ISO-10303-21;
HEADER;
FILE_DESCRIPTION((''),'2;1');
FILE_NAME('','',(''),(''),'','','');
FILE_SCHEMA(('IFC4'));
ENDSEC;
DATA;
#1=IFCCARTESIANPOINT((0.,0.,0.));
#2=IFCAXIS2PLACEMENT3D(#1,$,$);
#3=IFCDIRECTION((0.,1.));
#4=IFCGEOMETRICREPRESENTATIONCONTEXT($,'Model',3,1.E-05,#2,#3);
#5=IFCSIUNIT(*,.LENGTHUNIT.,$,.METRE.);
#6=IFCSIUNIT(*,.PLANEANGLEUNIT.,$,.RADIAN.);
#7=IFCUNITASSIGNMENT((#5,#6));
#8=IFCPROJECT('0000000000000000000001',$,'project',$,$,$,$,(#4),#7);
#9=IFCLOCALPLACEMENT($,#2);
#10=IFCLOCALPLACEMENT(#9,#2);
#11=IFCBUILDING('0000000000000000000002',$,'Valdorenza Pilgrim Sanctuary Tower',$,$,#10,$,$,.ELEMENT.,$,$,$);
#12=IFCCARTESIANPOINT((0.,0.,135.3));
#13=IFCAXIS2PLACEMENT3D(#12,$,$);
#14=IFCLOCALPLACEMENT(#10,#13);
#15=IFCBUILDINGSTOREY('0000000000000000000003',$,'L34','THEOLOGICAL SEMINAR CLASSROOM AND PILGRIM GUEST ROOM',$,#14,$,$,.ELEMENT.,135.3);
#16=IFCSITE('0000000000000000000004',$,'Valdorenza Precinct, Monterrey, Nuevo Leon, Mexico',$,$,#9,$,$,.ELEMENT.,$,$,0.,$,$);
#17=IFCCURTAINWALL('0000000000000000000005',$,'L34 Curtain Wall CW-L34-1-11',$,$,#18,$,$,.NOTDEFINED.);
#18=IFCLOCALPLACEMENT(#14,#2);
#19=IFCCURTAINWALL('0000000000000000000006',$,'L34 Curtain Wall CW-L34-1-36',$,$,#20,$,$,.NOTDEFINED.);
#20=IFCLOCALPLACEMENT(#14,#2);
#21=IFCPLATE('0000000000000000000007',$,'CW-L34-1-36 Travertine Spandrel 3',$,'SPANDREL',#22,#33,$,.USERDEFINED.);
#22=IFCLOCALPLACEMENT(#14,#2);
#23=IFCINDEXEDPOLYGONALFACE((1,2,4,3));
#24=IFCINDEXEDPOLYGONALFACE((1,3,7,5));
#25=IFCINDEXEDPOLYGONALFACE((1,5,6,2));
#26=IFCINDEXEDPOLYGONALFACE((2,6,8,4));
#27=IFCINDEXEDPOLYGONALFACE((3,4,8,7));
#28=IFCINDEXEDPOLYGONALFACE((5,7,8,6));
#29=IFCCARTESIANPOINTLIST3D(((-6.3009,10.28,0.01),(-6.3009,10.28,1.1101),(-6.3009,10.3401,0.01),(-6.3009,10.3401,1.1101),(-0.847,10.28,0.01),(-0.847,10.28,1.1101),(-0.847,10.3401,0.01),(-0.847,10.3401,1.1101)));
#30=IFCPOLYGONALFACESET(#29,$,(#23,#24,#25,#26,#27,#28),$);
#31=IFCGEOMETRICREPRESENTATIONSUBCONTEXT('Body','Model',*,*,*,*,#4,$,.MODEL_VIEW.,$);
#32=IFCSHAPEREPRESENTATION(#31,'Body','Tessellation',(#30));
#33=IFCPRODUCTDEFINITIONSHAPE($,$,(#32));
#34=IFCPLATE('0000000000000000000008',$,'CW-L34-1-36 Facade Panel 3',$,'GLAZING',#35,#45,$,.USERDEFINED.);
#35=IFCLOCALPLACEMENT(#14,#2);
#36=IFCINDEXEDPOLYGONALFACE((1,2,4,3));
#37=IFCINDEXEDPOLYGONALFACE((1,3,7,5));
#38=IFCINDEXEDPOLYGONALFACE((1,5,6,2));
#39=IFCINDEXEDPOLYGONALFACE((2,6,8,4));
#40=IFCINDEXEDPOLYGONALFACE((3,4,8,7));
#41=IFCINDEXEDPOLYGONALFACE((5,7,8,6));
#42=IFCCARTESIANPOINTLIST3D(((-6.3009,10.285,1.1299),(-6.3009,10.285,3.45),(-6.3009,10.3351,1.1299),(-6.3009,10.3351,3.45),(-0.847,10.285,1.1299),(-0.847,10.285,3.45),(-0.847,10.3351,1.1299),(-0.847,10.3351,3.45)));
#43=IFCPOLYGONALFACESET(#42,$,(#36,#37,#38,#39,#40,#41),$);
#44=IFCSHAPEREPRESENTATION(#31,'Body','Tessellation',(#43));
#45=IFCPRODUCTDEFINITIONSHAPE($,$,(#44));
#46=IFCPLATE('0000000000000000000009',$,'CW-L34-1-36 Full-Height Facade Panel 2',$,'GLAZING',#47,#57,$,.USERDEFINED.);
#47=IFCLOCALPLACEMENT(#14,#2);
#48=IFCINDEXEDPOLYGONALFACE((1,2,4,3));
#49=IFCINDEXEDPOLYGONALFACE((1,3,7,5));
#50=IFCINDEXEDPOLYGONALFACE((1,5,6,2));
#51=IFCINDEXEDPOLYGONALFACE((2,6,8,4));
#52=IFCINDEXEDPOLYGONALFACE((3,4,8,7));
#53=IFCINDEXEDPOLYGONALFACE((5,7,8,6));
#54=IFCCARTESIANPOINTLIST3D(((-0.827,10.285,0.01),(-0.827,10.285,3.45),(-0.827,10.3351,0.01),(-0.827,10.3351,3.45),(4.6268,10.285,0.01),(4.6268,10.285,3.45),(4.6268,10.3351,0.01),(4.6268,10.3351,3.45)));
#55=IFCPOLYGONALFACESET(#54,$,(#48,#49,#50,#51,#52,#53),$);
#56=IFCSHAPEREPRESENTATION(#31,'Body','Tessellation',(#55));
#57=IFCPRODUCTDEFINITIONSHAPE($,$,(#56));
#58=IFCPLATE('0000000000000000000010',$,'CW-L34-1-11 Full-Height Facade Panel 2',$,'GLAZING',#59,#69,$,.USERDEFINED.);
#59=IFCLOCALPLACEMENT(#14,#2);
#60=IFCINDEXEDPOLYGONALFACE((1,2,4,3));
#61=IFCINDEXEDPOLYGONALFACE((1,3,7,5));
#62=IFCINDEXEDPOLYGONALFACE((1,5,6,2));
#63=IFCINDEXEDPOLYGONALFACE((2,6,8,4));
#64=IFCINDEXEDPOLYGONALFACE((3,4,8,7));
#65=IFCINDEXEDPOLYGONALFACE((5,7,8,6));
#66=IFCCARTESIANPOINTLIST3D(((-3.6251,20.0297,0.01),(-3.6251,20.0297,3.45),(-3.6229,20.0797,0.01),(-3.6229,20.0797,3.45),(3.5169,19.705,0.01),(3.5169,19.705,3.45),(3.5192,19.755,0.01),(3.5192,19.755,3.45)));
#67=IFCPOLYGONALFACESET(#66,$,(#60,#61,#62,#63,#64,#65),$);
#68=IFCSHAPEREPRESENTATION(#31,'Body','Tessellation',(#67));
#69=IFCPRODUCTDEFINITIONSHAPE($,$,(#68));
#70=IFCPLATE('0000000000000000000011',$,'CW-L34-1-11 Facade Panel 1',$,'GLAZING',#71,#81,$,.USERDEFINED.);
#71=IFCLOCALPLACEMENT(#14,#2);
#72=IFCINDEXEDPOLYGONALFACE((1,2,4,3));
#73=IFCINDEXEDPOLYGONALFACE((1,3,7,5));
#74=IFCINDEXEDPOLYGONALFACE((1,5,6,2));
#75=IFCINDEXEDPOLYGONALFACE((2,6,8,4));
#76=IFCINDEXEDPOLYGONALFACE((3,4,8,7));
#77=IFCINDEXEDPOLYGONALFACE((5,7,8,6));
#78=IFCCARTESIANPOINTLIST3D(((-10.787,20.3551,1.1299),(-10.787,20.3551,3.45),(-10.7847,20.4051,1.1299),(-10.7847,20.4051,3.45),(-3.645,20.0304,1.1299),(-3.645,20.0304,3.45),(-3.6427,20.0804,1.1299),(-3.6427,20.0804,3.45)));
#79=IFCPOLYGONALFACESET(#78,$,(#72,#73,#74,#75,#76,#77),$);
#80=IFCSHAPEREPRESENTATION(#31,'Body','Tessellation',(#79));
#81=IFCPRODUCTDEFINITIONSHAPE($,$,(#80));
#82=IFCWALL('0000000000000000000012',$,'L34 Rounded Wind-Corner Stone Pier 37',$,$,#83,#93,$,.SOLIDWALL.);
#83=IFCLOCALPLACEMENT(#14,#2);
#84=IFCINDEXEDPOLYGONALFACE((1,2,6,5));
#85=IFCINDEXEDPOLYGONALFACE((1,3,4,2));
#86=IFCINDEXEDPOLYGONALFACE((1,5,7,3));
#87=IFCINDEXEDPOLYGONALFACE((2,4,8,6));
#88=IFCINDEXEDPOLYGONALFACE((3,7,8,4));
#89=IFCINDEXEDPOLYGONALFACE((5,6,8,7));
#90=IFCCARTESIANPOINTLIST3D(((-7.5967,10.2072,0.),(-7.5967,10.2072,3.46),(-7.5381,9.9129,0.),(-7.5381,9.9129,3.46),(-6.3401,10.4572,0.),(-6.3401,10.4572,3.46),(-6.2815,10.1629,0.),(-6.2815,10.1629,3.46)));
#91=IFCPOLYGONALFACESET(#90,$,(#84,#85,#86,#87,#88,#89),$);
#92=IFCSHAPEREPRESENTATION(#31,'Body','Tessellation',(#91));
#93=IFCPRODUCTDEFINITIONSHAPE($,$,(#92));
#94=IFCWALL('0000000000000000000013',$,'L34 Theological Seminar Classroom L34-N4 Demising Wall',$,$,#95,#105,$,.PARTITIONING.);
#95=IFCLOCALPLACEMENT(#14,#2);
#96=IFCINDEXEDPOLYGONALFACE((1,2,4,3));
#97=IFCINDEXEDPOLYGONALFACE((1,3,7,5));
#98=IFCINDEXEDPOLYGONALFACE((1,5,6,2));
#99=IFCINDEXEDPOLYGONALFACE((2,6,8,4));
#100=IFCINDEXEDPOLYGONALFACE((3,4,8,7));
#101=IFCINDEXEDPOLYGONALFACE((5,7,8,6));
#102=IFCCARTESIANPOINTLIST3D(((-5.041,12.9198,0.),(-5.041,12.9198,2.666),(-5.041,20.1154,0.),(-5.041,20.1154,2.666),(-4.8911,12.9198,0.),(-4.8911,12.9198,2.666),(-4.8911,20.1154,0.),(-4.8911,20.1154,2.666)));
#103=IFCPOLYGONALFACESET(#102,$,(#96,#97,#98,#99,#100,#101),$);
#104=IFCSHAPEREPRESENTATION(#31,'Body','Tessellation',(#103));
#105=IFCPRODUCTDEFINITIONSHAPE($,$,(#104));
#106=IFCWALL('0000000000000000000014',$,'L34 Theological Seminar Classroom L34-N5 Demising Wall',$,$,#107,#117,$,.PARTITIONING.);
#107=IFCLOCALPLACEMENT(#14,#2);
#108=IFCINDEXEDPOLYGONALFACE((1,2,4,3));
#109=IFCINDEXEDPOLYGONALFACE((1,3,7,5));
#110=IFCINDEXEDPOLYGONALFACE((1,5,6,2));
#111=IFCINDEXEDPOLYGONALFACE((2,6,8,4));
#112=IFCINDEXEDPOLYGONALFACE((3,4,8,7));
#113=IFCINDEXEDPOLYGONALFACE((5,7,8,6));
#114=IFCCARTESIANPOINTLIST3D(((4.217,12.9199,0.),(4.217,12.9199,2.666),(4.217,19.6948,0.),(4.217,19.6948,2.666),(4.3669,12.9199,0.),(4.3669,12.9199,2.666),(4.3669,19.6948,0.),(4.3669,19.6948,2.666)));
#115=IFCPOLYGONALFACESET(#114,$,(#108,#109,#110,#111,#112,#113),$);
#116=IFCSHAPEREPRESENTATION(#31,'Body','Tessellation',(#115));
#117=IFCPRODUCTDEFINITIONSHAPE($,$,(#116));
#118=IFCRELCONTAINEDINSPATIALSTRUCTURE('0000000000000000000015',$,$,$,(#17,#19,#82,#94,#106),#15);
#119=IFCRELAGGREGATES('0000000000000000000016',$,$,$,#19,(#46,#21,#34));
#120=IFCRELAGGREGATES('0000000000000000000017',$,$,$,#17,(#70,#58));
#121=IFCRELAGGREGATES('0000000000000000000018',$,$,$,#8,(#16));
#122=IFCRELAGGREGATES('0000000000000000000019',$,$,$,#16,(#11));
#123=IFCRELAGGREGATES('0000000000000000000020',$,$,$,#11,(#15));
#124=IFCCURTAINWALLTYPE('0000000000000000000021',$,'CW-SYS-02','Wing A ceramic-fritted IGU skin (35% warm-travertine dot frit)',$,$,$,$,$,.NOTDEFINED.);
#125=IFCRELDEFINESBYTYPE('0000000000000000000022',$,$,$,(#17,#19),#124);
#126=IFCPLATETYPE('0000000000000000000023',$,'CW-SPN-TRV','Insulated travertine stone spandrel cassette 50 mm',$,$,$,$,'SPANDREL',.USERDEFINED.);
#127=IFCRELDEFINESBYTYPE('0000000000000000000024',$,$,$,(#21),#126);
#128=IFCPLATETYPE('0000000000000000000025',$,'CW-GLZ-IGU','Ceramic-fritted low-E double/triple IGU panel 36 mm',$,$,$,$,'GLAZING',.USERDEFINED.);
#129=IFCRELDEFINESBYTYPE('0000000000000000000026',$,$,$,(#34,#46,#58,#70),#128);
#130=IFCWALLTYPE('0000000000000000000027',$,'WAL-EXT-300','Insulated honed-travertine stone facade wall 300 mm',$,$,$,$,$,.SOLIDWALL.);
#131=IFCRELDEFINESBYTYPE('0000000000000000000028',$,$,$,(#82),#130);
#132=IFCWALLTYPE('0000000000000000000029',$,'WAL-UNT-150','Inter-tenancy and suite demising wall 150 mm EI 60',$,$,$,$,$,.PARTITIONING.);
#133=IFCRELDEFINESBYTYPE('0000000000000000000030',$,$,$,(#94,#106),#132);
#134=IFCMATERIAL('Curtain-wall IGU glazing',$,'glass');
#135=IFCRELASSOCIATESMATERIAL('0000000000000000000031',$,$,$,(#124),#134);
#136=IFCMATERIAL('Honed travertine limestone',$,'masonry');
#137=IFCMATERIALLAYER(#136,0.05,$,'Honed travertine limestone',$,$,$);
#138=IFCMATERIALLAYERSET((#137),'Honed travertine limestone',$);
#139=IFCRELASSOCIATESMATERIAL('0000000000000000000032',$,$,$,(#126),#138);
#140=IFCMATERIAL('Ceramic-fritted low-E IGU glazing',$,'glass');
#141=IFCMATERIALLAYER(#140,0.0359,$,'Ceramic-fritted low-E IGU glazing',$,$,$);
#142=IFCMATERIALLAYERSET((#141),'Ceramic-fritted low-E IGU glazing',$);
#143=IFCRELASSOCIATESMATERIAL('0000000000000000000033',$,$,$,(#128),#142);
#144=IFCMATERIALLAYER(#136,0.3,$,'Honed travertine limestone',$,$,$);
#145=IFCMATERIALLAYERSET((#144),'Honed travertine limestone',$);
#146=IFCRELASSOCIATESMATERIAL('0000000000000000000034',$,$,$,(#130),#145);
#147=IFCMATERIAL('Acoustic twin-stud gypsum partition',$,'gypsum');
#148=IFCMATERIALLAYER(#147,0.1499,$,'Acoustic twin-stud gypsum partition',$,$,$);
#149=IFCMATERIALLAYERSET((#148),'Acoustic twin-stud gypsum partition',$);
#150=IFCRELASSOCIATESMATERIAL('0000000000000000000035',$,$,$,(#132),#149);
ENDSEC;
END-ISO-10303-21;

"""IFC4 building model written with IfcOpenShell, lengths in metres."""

from ifc_helpers import new_model, si_unit, direction, frame, frame_2d, origin, origin_2d, place, context, subcontext, project, spatial, rectangle, extrude, source, transform, mapped, material, layer, layer_set, type_object, element, aggregate, save


model = new_model("IFC4")

# Units and contexts
model_context = context("Model", 3, precision=1e-05, world=origin(), true_north=direction((0.0, 1.0)))
body_context = subcontext(model_context, "Body", "Model", "MODEL_VIEW")
ifc_project = project(units=[si_unit("LENGTHUNIT", "METRE"), si_unit("PLANEANGLEUNIT", "RADIAN")], contexts=[model_context])

# Site, building, storey
site_placement = place(None, origin())
site = spatial("IfcSite", under=ifc_project, at=site_placement, Name="Valdorenza Precinct, Monterrey, Nuevo Leon, Mexico", CompositionType="ELEMENT", RefElevation=0.0)
building_placement = place(site_placement, origin())
building = spatial("IfcBuilding", under=site, at=building_placement, Name="Valdorenza Pilgrim Sanctuary Tower", CompositionType="ELEMENT")
storey_placement = place(building_placement, frame((0.0, 0.0, 135.3)))
storey = spatial("IfcBuildingStorey", under=building, at=storey_placement, Name="L34", Description="THEOLOGICAL SEMINAR CLASSROOM AND PILGRIM GUEST ROOM", CompositionType="ELEMENT", Elevation=135.3)

# Curtain wall
ifc_material_1 = material(Name="Curtain-wall IGU glazing", Category="glass")
curtain_wall_type = type_object("IfcCurtainWallType", Name="CW-SYS-02", Description="Wing A ceramic-fritted IGU skin (35% warm-travertine dot frit)", PredefinedType="NOTDEFINED", material=ifc_material_1)
curtain_wall_1_placement = place(storey_placement, origin())
curtain_wall_1 = element("IfcCurtainWall", 1, at=curtain_wall_1_placement, inside=storey, type_object=curtain_wall_type, Name="L34 Curtain Wall CW-L34-1-11", PredefinedType="NOTDEFINED")

# Curtain wall, plates
curtain_wall_2_placement = place(storey_placement, origin())
curtain_wall_2 = element("IfcCurtainWall", 2, at=curtain_wall_2_placement, inside=storey, type_object=curtain_wall_type, Name="L34 Curtain Wall CW-L34-1-36", PredefinedType="NOTDEFINED")
ifc_material_2 = material(Name="Honed travertine limestone", Category="masonry")
ifc_layer_1 = layer(ifc_material_2, 0.05, Name="Honed travertine limestone")
ifc_layer_set_1 = layer_set([ifc_layer_1], Name="Honed travertine limestone")
plate_type_1 = type_object("IfcPlateType", Name="CW-SPN-TRV", Description="Insulated travertine stone spandrel cassette 50 mm", ElementType="SPANDREL", PredefinedType="USERDEFINED", material=ifc_layer_set_1)
shared_shape_1 = source(origin(), body_context, "Body", "SweptSolid", [
    extrude(rectangle(XDim=5.4539, YDim=0.0601, at=origin_2d()), origin(), (0.0, 0.0, 1.0), 1.1001),
])
plate_1_placement = place(storey_placement, frame((-3.574, 10.3101, 0.01), z_axis=(0.0, 0.0, 1.0), x_axis=(-1.0, 0.0, 0.0)))
plate_1 = element("IfcPlate", 3, at=plate_1_placement, type_object=plate_type_1, Name="CW-L34-1-36 Travertine Spandrel 3", ObjectType="SPANDREL", PredefinedType="USERDEFINED", context=body_context, shape_type="MappedRepresentation", body=[
    mapped(shared_shape_1, transform((0.0, 0.0, 0.0), x_axis=(1.0, 0.0, 0.0), y_axis=(0.0, 1.0, 0.0), z_axis=(0.0, 0.0, 1.0), scale=1.0)),
])
ifc_material_3 = material(Name="Ceramic-fritted low-E IGU glazing", Category="glass")
ifc_layer_2 = layer(ifc_material_3, 0.0359, Name="Ceramic-fritted low-E IGU glazing")
ifc_layer_set_2 = layer_set([ifc_layer_2], Name="Ceramic-fritted low-E IGU glazing")
plate_type_2 = type_object("IfcPlateType", Name="CW-GLZ-IGU", Description="Ceramic-fritted low-E double/triple IGU panel 36 mm", ElementType="GLAZING", PredefinedType="USERDEFINED", material=ifc_layer_set_2)
shared_shape_2 = source(origin(), body_context, "Body", "SweptSolid", [
    extrude(rectangle(XDim=5.4539, YDim=0.05, at=origin_2d()), origin(), (0.0, 0.0, 1.0), 2.3201),
])
plate_2_placement = place(storey_placement, frame((-3.574, 10.3101, 1.1299), z_axis=(0.0, 0.0, 1.0), x_axis=(-1.0, 0.0, 0.0)))
plate_2 = element("IfcPlate", 4, at=plate_2_placement, type_object=plate_type_2, Name="CW-L34-1-36 Facade Panel 3", ObjectType="GLAZING", PredefinedType="USERDEFINED", context=body_context, shape_type="MappedRepresentation", body=[
    mapped(shared_shape_2, transform((0.0, 0.0, 0.0), x_axis=(1.0, 0.0, 0.0), y_axis=(0.0, 1.0, 0.0), z_axis=(0.0, 0.0, 1.0), scale=1.0)),
])
shared_shape_3 = source(origin(), body_context, "Body", "SweptSolid", [
    extrude(rectangle(XDim=5.4539, YDim=0.05, at=origin_2d()), origin(), (0.0, 0.0, 1.0), 3.4399),
])
plate_3_placement = place(storey_placement, frame((1.8999, 10.3101, 0.01), z_axis=(0.0, 0.0, 1.0), x_axis=(-1.0, 0.0, 0.0)))
plate_3 = element("IfcPlate", 5, at=plate_3_placement, type_object=plate_type_2, Name="CW-L34-1-36 Full-Height Facade Panel 2", ObjectType="GLAZING", PredefinedType="USERDEFINED", context=body_context, shape_type="MappedRepresentation", body=[
    mapped(shared_shape_3, transform((0.0, 0.0, 0.0), x_axis=(1.0, 0.0, 0.0), y_axis=(0.0, 1.0, 0.0), z_axis=(0.0, 0.0, 1.0), scale=1.0)),
])
aggregate(curtain_wall_2, [plate_3, plate_1, plate_2])

# Plates
shared_shape_4 = source(origin(), body_context, "Body", "SweptSolid", [
    extrude(rectangle(XDim=7.1494, YDim=0.05, at=origin_2d()), origin(), (0.0, 0.0, 1.0), 3.4399),
])
plate_4_placement = place(storey_placement, frame((-0.053, 19.8923, 0.01), z_axis=(0.0, 0.0, 1.0), x_axis=(0.998968, -0.045415, 0.0)))
plate_4 = element("IfcPlate", 6, at=plate_4_placement, type_object=plate_type_2, Name="CW-L34-1-11 Full-Height Facade Panel 2", ObjectType="GLAZING", PredefinedType="USERDEFINED", context=body_context, shape_type="MappedRepresentation", body=[
    mapped(shared_shape_4, transform((0.0, 0.0, 0.0), x_axis=(1.0, 0.0, 0.0), y_axis=(0.0, 1.0, 0.0), z_axis=(0.0, 0.0, 1.0), scale=1.0)),
])
shared_shape_5 = source(origin(), body_context, "Body", "SweptSolid", [
    extrude(rectangle(XDim=7.1494, YDim=0.05, at=origin_2d()), origin(), (0.0, 0.0, 1.0), 2.3201),
])
plate_5_placement = place(storey_placement, frame((-7.2148, 20.2178, 1.1299), z_axis=(0.0, 0.0, 1.0), x_axis=(0.998968, -0.045415, 0.0)))
plate_5 = element("IfcPlate", 7, at=plate_5_placement, type_object=plate_type_2, Name="CW-L34-1-11 Facade Panel 1", ObjectType="GLAZING", PredefinedType="USERDEFINED", context=body_context, shape_type="MappedRepresentation", body=[
    mapped(shared_shape_5, transform((0.0, 0.0, 0.0), x_axis=(1.0, 0.0, 0.0), y_axis=(0.0, 1.0, 0.0), z_axis=(0.0, 0.0, 1.0), scale=1.0)),
])
aggregate(curtain_wall_1, [plate_5, plate_4])

# Walls
ifc_layer_3 = layer(ifc_material_2, 0.3, Name="Honed travertine limestone")
ifc_layer_set_3 = layer_set([ifc_layer_3], Name="Honed travertine limestone")
wall_type_1 = type_object("IfcWallType", Name="WAL-EXT-300", Description="Insulated honed-travertine stone facade wall 300 mm", PredefinedType="SOLIDWALL", material=ifc_layer_set_3)
wall_1_placement = place(storey_placement, frame((-6.3108, 10.3101, 0.0), z_axis=(0.0, 0.0, 1.0), x_axis=(-0.980778, -0.195127, 0.0)))
element("IfcWall", 8, at=wall_1_placement, inside=storey, type_object=wall_type_1, Name="L34 Rounded Wind-Corner Stone Pier 37", PredefinedType="SOLIDWALL", context=body_context, shape_type="SweptSolid", body=[
    extrude(rectangle(XDim=1.2812, YDim=0.3, at=frame_2d((0.6406, 0.0))), origin(), (0.0, 0.0, 1.0), 3.46),
])
ifc_material_4 = material(Name="Acoustic twin-stud gypsum partition", Category="gypsum")
ifc_layer_4 = layer(ifc_material_4, 0.1499, Name="Acoustic twin-stud gypsum partition")
ifc_layer_set_4 = layer_set([ifc_layer_4], Name="Acoustic twin-stud gypsum partition")
wall_type_2 = type_object("IfcWallType", Name="WAL-UNT-150", Description="Inter-tenancy and suite demising wall 150 mm EI 60", PredefinedType="PARTITIONING", material=ifc_layer_set_4)
wall_2_placement = place(storey_placement, frame((-4.9661, 12.9199, 0.0), z_axis=(0.0, 0.0, 1.0), x_axis=(0.0, 1.0, 0.0)))
element("IfcWall", 9, at=wall_2_placement, inside=storey, type_object=wall_type_2, Name="L34 Theological Seminar Classroom L34-N4 Demising Wall", PredefinedType="PARTITIONING", context=body_context, shape_type="SweptSolid", body=[
    extrude(rectangle(XDim=7.1956, YDim=0.1499, at=frame_2d((3.5977, 0.0))), origin(), (0.0, 0.0, 1.0), 2.666),
])
wall_3_placement = place(storey_placement, frame((4.292, 12.9199, 0.0), z_axis=(0.0, 0.0, 1.0), x_axis=(0.0, 1.0, 0.0)))
element("IfcWall", 10, at=wall_3_placement, inside=storey, type_object=wall_type_2, Name="L34 Theological Seminar Classroom L34-N5 Demising Wall", PredefinedType="PARTITIONING", context=body_context, shape_type="SweptSolid", body=[
    extrude(rectangle(XDim=6.7749, YDim=0.1499, at=frame_2d((3.3875, 0.0))), origin(), (0.0, 0.0, 1.0), 2.666),
])

save(model, "model.ifc")
